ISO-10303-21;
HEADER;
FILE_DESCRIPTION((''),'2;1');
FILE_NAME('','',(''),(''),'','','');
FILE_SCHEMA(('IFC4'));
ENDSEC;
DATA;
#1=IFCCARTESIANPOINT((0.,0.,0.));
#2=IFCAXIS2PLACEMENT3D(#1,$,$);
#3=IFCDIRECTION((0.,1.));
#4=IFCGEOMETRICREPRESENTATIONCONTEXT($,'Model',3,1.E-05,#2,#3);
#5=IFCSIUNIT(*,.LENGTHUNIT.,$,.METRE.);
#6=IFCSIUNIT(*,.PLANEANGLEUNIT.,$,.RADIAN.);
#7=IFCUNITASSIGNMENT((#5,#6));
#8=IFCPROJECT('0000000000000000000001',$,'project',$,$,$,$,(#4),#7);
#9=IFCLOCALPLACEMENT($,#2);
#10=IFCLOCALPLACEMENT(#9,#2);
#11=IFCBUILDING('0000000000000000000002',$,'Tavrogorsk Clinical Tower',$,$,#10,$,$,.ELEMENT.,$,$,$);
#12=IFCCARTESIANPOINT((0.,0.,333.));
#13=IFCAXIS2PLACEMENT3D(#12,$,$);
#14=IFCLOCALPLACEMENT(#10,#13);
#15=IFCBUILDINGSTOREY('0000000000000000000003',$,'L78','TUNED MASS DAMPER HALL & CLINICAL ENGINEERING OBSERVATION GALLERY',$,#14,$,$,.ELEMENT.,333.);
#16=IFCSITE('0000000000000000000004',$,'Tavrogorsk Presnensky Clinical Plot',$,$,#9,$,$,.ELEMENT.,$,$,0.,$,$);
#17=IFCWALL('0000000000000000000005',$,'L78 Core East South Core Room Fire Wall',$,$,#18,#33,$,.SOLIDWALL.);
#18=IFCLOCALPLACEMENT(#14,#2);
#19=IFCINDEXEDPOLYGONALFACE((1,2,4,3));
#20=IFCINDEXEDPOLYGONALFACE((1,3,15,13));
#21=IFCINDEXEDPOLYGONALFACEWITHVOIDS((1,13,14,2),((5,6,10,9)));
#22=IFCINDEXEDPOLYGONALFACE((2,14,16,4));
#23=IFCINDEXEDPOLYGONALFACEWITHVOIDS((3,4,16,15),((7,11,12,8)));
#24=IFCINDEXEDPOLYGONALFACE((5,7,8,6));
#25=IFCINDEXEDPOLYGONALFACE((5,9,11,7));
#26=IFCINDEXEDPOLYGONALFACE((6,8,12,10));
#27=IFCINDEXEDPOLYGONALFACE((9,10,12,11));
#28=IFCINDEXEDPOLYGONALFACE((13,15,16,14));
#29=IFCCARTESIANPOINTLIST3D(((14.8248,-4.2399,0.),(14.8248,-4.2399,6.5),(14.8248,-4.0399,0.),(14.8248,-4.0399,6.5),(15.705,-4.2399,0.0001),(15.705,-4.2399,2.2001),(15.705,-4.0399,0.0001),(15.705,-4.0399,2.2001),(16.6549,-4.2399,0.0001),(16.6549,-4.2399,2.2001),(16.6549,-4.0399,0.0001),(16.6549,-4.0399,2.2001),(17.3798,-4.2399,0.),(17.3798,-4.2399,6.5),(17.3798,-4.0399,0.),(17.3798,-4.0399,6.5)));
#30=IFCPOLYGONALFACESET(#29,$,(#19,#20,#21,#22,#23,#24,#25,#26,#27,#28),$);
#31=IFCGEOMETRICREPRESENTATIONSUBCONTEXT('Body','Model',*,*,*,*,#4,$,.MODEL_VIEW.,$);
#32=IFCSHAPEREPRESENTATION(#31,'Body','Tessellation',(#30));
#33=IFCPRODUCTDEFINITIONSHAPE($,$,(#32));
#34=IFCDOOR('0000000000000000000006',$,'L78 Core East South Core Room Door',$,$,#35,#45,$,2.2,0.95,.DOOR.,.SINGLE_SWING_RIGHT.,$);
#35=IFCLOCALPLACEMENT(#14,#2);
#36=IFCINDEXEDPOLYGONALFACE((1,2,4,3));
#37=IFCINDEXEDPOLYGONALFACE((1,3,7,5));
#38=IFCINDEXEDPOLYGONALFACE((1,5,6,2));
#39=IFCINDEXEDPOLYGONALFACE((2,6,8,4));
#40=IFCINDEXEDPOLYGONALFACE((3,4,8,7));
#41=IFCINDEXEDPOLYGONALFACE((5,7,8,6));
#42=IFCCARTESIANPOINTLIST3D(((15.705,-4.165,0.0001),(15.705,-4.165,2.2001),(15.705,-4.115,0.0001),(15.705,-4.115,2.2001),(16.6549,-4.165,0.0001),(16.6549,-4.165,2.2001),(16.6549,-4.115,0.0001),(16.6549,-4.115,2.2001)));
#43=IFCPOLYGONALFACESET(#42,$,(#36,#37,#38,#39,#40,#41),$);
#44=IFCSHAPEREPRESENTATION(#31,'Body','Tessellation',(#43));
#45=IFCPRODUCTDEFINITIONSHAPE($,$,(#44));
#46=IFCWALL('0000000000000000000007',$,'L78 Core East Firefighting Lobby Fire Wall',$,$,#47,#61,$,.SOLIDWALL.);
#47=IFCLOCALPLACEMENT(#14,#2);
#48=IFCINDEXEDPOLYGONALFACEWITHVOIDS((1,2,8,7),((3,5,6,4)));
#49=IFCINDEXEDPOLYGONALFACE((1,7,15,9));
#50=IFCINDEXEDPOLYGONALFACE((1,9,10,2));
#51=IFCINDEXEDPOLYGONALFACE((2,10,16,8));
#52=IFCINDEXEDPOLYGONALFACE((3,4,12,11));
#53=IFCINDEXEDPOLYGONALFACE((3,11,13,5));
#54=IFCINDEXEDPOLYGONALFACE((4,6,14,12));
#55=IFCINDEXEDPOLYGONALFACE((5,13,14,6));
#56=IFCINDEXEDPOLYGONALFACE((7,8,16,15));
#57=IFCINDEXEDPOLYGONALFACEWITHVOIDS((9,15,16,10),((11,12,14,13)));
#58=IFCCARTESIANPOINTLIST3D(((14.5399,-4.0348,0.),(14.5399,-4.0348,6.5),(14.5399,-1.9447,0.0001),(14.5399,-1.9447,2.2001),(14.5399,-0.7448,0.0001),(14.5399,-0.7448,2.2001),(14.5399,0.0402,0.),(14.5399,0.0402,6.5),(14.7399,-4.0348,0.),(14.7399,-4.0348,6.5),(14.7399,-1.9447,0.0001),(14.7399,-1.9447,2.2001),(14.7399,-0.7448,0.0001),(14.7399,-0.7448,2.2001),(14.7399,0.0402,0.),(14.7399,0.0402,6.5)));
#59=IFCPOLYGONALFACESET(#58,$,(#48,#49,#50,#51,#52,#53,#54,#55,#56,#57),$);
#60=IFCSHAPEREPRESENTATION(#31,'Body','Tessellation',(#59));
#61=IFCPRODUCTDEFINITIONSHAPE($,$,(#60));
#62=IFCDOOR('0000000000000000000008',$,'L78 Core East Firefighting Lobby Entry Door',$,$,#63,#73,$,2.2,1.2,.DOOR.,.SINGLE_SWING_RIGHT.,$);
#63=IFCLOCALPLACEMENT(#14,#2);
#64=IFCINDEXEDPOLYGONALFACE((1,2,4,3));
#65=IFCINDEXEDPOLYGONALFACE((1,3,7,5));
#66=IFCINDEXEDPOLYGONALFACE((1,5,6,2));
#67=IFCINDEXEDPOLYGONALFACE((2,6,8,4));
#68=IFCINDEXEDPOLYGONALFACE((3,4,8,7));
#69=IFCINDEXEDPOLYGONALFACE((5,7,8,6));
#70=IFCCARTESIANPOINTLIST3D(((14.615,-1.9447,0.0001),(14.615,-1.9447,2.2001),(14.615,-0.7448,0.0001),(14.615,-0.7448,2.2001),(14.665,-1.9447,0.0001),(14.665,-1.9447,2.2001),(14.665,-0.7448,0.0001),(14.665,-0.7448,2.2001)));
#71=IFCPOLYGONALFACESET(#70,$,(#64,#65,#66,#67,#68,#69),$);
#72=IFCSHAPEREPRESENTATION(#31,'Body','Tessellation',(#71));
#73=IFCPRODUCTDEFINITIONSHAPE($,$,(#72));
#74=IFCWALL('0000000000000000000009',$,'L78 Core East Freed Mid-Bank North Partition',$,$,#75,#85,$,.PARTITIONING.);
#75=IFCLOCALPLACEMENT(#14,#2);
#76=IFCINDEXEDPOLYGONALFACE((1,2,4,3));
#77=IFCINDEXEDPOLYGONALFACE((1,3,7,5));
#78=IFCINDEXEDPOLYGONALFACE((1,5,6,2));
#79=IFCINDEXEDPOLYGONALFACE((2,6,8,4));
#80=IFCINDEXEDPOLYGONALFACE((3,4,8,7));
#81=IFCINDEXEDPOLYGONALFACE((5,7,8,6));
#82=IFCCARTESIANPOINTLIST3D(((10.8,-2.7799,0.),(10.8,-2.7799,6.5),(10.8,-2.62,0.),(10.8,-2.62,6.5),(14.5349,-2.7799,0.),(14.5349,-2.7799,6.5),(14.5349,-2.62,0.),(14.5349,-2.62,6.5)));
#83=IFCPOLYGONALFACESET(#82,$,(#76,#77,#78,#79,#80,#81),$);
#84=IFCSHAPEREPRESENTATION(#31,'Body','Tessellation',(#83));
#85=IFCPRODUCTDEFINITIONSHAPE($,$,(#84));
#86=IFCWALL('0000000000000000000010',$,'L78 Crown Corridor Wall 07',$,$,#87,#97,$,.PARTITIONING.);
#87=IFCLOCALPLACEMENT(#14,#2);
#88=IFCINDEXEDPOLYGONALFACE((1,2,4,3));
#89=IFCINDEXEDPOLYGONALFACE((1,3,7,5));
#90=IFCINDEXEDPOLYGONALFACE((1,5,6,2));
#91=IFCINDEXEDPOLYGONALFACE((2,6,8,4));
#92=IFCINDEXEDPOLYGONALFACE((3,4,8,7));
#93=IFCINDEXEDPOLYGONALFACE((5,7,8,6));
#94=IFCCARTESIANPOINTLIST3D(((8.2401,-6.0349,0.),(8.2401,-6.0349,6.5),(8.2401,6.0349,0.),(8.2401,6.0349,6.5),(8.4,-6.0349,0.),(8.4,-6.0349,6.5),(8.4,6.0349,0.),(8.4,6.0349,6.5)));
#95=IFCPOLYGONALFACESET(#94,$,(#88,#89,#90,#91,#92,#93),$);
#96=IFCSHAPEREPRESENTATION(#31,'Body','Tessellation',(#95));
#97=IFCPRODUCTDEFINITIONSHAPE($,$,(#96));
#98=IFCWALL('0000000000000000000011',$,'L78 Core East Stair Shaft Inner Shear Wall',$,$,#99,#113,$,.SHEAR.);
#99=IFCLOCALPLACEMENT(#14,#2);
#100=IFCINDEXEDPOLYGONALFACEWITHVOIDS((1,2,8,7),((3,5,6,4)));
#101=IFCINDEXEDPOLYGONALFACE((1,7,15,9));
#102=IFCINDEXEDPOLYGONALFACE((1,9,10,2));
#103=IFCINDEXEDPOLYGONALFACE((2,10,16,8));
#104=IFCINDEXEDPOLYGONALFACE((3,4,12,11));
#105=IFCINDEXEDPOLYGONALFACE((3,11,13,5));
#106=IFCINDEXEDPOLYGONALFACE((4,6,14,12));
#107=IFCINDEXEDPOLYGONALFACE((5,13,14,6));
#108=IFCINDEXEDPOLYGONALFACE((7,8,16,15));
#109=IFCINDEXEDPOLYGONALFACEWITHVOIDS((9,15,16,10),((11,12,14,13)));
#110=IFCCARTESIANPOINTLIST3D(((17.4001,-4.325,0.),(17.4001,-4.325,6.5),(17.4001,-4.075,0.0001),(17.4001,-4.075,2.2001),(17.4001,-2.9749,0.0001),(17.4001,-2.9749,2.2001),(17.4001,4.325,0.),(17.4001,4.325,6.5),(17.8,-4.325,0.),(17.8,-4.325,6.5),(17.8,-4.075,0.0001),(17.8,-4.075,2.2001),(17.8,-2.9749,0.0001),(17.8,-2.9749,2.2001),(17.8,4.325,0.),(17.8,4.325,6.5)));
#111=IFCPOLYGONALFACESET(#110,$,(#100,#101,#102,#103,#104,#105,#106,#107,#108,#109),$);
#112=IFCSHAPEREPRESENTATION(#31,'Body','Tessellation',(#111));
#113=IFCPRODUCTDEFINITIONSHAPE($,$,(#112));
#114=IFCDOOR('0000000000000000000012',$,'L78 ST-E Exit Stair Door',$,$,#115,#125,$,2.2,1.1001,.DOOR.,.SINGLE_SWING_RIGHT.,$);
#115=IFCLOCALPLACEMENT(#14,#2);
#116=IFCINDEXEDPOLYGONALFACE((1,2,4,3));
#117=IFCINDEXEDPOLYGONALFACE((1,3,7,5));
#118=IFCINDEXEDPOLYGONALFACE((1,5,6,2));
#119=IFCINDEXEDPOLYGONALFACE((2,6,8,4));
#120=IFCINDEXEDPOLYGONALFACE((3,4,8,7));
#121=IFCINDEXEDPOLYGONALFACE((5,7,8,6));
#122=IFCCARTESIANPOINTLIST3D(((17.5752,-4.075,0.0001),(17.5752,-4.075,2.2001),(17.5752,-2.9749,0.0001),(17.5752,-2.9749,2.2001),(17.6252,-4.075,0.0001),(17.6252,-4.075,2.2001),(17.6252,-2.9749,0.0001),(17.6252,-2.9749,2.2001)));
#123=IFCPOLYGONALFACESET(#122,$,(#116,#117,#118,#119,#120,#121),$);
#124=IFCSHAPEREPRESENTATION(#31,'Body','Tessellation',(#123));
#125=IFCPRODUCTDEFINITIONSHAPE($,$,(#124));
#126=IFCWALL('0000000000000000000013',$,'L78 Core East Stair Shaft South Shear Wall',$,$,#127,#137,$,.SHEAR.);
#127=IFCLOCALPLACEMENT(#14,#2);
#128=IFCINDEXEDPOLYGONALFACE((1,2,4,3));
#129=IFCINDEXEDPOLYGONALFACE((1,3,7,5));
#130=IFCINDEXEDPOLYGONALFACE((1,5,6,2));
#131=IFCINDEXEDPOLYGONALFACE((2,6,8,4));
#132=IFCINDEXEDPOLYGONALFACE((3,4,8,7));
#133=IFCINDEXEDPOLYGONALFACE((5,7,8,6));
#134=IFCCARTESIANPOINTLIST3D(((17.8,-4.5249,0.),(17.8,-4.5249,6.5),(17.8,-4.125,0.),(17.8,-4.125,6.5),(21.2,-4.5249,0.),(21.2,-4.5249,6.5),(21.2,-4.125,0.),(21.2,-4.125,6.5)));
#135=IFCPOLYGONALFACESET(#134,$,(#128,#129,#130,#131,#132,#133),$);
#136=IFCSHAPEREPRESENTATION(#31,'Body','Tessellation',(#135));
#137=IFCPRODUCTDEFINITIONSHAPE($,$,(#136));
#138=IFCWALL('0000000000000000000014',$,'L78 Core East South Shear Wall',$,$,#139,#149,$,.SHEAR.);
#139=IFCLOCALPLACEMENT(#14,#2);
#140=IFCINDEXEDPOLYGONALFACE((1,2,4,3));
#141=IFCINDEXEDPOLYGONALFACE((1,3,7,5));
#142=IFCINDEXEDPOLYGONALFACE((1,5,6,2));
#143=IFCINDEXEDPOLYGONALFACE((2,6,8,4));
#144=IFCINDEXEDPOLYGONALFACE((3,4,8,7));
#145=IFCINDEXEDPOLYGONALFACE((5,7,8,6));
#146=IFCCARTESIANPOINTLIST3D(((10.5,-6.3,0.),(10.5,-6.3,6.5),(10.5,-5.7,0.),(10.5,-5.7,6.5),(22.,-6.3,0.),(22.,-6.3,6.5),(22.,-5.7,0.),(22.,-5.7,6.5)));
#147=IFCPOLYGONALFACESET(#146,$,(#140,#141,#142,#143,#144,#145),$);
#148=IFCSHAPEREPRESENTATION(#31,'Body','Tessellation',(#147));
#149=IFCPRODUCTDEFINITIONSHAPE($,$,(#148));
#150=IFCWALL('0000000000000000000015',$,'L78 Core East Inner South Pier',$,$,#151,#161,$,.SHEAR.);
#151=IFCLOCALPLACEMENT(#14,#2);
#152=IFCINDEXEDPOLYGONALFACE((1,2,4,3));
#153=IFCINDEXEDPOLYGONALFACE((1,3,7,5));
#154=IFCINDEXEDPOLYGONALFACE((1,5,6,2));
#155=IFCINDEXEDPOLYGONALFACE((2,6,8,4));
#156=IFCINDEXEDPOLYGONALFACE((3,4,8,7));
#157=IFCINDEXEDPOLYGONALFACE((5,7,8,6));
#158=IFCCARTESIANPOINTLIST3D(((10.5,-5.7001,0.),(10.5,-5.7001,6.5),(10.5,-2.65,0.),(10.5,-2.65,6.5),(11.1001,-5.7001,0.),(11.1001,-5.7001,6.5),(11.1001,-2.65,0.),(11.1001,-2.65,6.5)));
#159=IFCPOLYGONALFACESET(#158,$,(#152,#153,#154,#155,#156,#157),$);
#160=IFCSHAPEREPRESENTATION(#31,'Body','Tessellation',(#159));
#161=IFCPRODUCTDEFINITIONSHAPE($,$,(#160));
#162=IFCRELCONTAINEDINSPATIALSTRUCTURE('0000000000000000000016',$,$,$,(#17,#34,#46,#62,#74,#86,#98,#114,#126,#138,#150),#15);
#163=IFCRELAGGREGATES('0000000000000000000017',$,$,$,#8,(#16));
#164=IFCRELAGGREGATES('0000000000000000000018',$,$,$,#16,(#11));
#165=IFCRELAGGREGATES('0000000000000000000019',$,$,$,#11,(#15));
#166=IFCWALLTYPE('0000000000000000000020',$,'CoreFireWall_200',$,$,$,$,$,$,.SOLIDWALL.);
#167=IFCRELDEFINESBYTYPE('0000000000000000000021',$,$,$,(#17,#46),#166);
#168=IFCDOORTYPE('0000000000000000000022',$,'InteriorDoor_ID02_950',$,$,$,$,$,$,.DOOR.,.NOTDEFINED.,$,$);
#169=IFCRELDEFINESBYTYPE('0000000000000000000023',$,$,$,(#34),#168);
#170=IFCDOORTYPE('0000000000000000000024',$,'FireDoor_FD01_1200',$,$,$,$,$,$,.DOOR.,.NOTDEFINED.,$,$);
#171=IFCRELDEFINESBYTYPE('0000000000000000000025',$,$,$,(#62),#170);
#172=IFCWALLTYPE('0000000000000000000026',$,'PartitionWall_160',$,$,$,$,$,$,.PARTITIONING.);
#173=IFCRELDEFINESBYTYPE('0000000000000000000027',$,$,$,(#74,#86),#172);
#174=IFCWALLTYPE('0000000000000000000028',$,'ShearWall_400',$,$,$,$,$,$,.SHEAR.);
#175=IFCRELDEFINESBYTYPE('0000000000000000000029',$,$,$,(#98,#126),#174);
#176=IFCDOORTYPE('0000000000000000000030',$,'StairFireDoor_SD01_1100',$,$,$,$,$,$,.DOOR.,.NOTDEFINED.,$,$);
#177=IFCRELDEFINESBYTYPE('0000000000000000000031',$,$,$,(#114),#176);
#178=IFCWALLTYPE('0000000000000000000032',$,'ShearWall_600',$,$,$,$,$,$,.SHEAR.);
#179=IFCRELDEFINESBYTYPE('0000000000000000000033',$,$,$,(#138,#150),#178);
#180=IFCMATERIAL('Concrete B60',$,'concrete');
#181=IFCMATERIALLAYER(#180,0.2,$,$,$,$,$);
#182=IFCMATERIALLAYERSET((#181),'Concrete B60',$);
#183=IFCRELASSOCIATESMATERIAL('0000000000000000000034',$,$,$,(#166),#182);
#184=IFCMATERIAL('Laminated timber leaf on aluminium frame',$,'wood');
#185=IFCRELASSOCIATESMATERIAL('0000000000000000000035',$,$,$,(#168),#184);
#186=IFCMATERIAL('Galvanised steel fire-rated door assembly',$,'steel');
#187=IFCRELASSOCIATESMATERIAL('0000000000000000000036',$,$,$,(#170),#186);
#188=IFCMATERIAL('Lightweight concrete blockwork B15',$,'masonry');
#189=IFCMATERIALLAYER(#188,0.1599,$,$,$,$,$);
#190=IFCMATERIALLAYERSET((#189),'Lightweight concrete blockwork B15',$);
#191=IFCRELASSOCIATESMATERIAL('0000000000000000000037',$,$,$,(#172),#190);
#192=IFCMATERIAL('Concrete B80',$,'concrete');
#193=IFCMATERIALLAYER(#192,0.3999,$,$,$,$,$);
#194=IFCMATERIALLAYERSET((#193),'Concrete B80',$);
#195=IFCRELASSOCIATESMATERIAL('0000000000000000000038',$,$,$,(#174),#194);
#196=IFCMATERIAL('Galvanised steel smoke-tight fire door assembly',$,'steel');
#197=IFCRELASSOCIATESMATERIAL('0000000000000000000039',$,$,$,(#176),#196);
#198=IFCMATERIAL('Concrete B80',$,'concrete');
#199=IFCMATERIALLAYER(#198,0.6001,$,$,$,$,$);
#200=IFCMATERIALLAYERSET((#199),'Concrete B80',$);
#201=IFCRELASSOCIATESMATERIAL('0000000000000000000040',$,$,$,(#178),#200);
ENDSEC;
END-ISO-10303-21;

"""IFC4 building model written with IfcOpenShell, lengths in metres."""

from ifc_helpers import new_model, si_unit, direction, frame, frame_2d, origin, place, context, subcontext, project, spatial, rectangle, extrude, material, layer, layer_set, type_object, element, fill, save


model = new_model("IFC4")

# Units and contexts
model_context = context("Model", 3, precision=1e-05, world=origin(), true_north=direction((0.0, 1.0)))
body_context = subcontext(model_context, "Body", "Model", "MODEL_VIEW")
ifc_project = project(units=[si_unit("LENGTHUNIT", "METRE"), si_unit("PLANEANGLEUNIT", "RADIAN")], contexts=[model_context])

# Site, building, storey
site_placement = place(None, origin())
site = spatial("IfcSite", under=ifc_project, at=site_placement, Name="Tavrogorsk Presnensky Clinical Plot", CompositionType="ELEMENT", RefElevation=0.0)
building_placement = place(site_placement, origin())
building = spatial("IfcBuilding", under=site, at=building_placement, Name="Tavrogorsk Clinical Tower", CompositionType="ELEMENT")
storey_placement = place(building_placement, frame((0.0, 0.0, 333.0)))
storey = spatial("IfcBuildingStorey", under=building, at=storey_placement, Name="L78", Description="TUNED MASS DAMPER HALL & CLINICAL ENGINEERING OBSERVATION GALLERY", CompositionType="ELEMENT", Elevation=333.0)

# Walls, openings, doors
ifc_material_1 = material(Name="Concrete B60", Category="concrete")
ifc_layer_1 = layer(ifc_material_1, 0.2)
ifc_layer_set_1 = layer_set([ifc_layer_1], Name="Concrete B60")
wall_type_1 = type_object("IfcWallType", Name="CoreFireWall_200", PredefinedType="SOLIDWALL", material=ifc_layer_set_1)
wall_1_placement = place(storey_placement, frame((14.825, -4.1399, 0.0), z_axis=(0.0, 0.0, 1.0), x_axis=(1.0, 0.0, 0.0)))
wall_1 = element("IfcWall", 1, at=wall_1_placement, inside=storey, type_object=wall_type_1, Name="L78 Core East South Core Room Fire Wall", PredefinedType="SOLIDWALL", context=body_context, shape_type="SweptSolid", body=[
    extrude(rectangle(XDim=2.5549, YDim=0.2, at=frame_2d((1.2773, 0.0))), origin(), (0.0, 0.0, 1.0), 6.5),
])
opening_1_placement = place(wall_1_placement, frame((0.8799, 0.0, 0.0)))
opening_1 = element("IfcOpeningElement", 2, at=opening_1_placement, cuts=wall_1, PredefinedType="OPENING", context=body_context, shape_type="SweptSolid", body=[
    extrude(rectangle(XDim=0.95, YDim=2.2, at=frame_2d((0.4751, 1.1001))), frame((0.0, 0.1099, 0.0), z_axis=(0.0, -1.0, 0.0), x_axis=(1.0, 0.0, 0.0)), (0.0, 0.0, 1.0), 0.22),
])
ifc_material_2 = material(Name="Laminated timber leaf on aluminium frame", Category="wood")
door_type_1 = type_object("IfcDoorType", Name="InteriorDoor_ID02_950", OperationType="NOTDEFINED", PredefinedType="DOOR", material=ifc_material_2)
door_1_placement = place(opening_1_placement, origin())
door_1 = element("IfcDoor", 3, at=door_1_placement, inside=storey, type_object=door_type_1, Name="L78 Core East South Core Room Door", OperationType="SINGLE_SWING_RIGHT", OverallHeight=2.2, OverallWidth=0.95, PredefinedType="DOOR", context=body_context, shape_type="SweptSolid", body=[
    extrude(rectangle(XDim=0.95, YDim=2.2, at=frame_2d((0.4751, 1.1001))), frame((0.0, 0.0249, 0.0), z_axis=(0.0, -1.0, 0.0), x_axis=(1.0, 0.0, 0.0)), (0.0, 0.0, 1.0), 0.05),
])
fill(opening_1, door_1)
wall_2_placement = place(storey_placement, frame((14.6399, -4.0349, 0.0), z_axis=(0.0, 0.0, 1.0), x_axis=(0.0, 1.0, 0.0)))
wall_2 = element("IfcWall", 4, at=wall_2_placement, inside=storey, type_object=wall_type_1, Name="L78 Core East Firefighting Lobby Fire Wall", PredefinedType="SOLIDWALL", context=body_context, shape_type="SweptSolid", body=[
    extrude(rectangle(XDim=4.075, YDim=0.2, at=frame_2d((2.0376, 0.0))), origin(), (0.0, 0.0, 1.0), 6.5),
])
opening_2_placement = place(wall_2_placement, frame((2.0901, 0.0, 0.0)))
opening_2 = element("IfcOpeningElement", 5, at=opening_2_placement, cuts=wall_2, PredefinedType="OPENING", context=body_context, shape_type="SweptSolid", body=[
    extrude(rectangle(XDim=1.2, YDim=2.2, at=frame_2d((0.6001, 1.1001))), frame((0.0, 0.1099, 0.0), z_axis=(0.0, -1.0, 0.0), x_axis=(1.0, 0.0, 0.0)), (0.0, 0.0, 1.0), 0.22),
])
ifc_material_3 = material(Name="Galvanised steel fire-rated door assembly", Category="steel")
door_type_2 = type_object("IfcDoorType", Name="FireDoor_FD01_1200", OperationType="NOTDEFINED", PredefinedType="DOOR", material=ifc_material_3)
door_2_placement = place(opening_2_placement, origin())
door_2 = element("IfcDoor", 6, at=door_2_placement, inside=storey, type_object=door_type_2, Name="L78 Core East Firefighting Lobby Entry Door", OperationType="SINGLE_SWING_RIGHT", OverallHeight=2.2, OverallWidth=1.2, PredefinedType="DOOR", context=body_context, shape_type="SweptSolid", body=[
    extrude(rectangle(XDim=1.2, YDim=2.2, at=frame_2d((0.6001, 1.1001))), frame((0.0, 0.0249, 0.0), z_axis=(0.0, -1.0, 0.0), x_axis=(1.0, 0.0, 0.0)), (0.0, 0.0, 1.0), 0.05),
])
fill(opening_2, door_2)

# Walls
ifc_material_4 = material(Name="Lightweight concrete blockwork B15", Category="masonry")
ifc_layer_2 = layer(ifc_material_4, 0.1599)
ifc_layer_set_2 = layer_set([ifc_layer_2], Name="Lightweight concrete blockwork B15")
wall_type_2 = type_object("IfcWallType", Name="PartitionWall_160", PredefinedType="PARTITIONING", material=ifc_layer_set_2)
wall_3_placement = place(storey_placement, frame((10.8, -2.7, 0.0), z_axis=(0.0, 0.0, 1.0), x_axis=(1.0, 0.0, 0.0)))
element("IfcWall", 7, at=wall_3_placement, inside=storey, type_object=wall_type_2, Name="L78 Core East Freed Mid-Bank North Partition", PredefinedType="PARTITIONING", context=body_context, shape_type="SweptSolid", body=[
    extrude(rectangle(XDim=3.7349, YDim=0.1599, at=frame_2d((1.8674, 0.0))), origin(), (0.0, 0.0, 1.0), 6.5),
])
wall_4_placement = place(storey_placement, frame((8.3201, -6.0349, 0.0), z_axis=(0.0, 0.0, 1.0), x_axis=(0.0, 1.0, 0.0)))
element("IfcWall", 8, at=wall_4_placement, inside=storey, type_object=wall_type_2, Name="L78 Crown Corridor Wall 07", PredefinedType="PARTITIONING", context=body_context, shape_type="SweptSolid", body=[
    extrude(rectangle(XDim=12.0698, YDim=0.1599, at=frame_2d((6.0349, 0.0))), origin(), (0.0, 0.0, 1.0), 6.5),
])

# Wall, opening, door
ifc_material_5 = material(Name="Concrete B80", Category="concrete")
ifc_layer_3 = layer(ifc_material_5, 0.3999)
ifc_layer_set_3 = layer_set([ifc_layer_3], Name="Concrete B80")
wall_type_3 = type_object("IfcWallType", Name="ShearWall_400", PredefinedType="SHEAR", material=ifc_layer_set_3)
wall_5_placement = place(storey_placement, frame((17.6001, -4.325, 0.0), z_axis=(0.0, 0.0, 1.0), x_axis=(0.0, 1.0, 0.0)))
wall_5 = element("IfcWall", 9, at=wall_5_placement, inside=storey, type_object=wall_type_3, Name="L78 Core East Stair Shaft Inner Shear Wall", PredefinedType="SHEAR", context=body_context, shape_type="SweptSolid", body=[
    extrude(rectangle(XDim=8.6499, YDim=0.3999, at=frame_2d((4.325, 0.0))), origin(), (0.0, 0.0, 1.0), 6.5),
])
opening_3_placement = place(wall_5_placement, frame((0.25, 0.0, 0.0)))
opening_3 = element("IfcOpeningElement", 10, at=opening_3_placement, cuts=wall_5, PredefinedType="OPENING", context=body_context, shape_type="SweptSolid", body=[
    extrude(rectangle(XDim=1.1001, YDim=2.2, at=frame_2d((0.55, 1.1001))), frame((0.0, 0.21, 0.0), z_axis=(0.0, -1.0, 0.0), x_axis=(1.0, 0.0, 0.0)), (0.0, 0.0, 1.0), 0.4199),
])
ifc_material_6 = material(Name="Galvanised steel smoke-tight fire door assembly", Category="steel")
door_type_3 = type_object("IfcDoorType", Name="StairFireDoor_SD01_1100", OperationType="NOTDEFINED", PredefinedType="DOOR", material=ifc_material_6)
door_3_placement = place(opening_3_placement, origin())
door_3 = element("IfcDoor", 11, at=door_3_placement, inside=storey, type_object=door_type_3, Name="L78 ST-E Exit Stair Door", OperationType="SINGLE_SWING_RIGHT", OverallHeight=2.2, OverallWidth=1.1001, PredefinedType="DOOR", context=body_context, shape_type="SweptSolid", body=[
    extrude(rectangle(XDim=1.1001, YDim=2.2, at=frame_2d((0.55, 1.1001))), frame((0.0, 0.0249, 0.0), z_axis=(0.0, -1.0, 0.0), x_axis=(1.0, 0.0, 0.0)), (0.0, 0.0, 1.0), 0.05),
])
fill(opening_3, door_3)

# Walls
wall_6_placement = place(storey_placement, frame((17.8, -4.325, 0.0), z_axis=(0.0, 0.0, 1.0), x_axis=(1.0, 0.0, 0.0)))
element("IfcWall", 12, at=wall_6_placement, inside=storey, type_object=wall_type_3, Name="L78 Core East Stair Shaft South Shear Wall", PredefinedType="SHEAR", context=body_context, shape_type="SweptSolid", body=[
    extrude(rectangle(XDim=3.3999, YDim=0.3999, at=frame_2d((1.7, 0.0))), origin(), (0.0, 0.0, 1.0), 6.5),
])
ifc_material_7 = material(Name="Concrete B80", Category="concrete")
ifc_layer_4 = layer(ifc_material_7, 0.6001)
ifc_layer_set_4 = layer_set([ifc_layer_4], Name="Concrete B80")
wall_type_4 = type_object("IfcWallType", Name="ShearWall_600", PredefinedType="SHEAR", material=ifc_layer_set_4)
wall_7_placement = place(storey_placement, frame((10.5, -6.0, 0.0), z_axis=(0.0, 0.0, 1.0), x_axis=(1.0, 0.0, 0.0)))
element("IfcWall", 13, at=wall_7_placement, inside=storey, type_object=wall_type_4, Name="L78 Core East South Shear Wall", PredefinedType="SHEAR", context=body_context, shape_type="SweptSolid", body=[
    extrude(rectangle(XDim=11.5, YDim=0.6001, at=frame_2d((5.75, 0.0))), origin(), (0.0, 0.0, 1.0), 6.5),
])
wall_8_placement = place(storey_placement, frame((10.8, -5.7, 0.0), z_axis=(0.0, 0.0, 1.0), x_axis=(0.0, 1.0, 0.0)))
element("IfcWall", 14, at=wall_8_placement, inside=storey, type_object=wall_type_4, Name="L78 Core East Inner South Pier", PredefinedType="SHEAR", context=body_context, shape_type="SweptSolid", body=[
    extrude(rectangle(XDim=3.05, YDim=0.6001, at=frame_2d((1.5249, 0.0))), origin(), (0.0, 0.0, 1.0), 6.5),
])

save(model, "model.ifc")
